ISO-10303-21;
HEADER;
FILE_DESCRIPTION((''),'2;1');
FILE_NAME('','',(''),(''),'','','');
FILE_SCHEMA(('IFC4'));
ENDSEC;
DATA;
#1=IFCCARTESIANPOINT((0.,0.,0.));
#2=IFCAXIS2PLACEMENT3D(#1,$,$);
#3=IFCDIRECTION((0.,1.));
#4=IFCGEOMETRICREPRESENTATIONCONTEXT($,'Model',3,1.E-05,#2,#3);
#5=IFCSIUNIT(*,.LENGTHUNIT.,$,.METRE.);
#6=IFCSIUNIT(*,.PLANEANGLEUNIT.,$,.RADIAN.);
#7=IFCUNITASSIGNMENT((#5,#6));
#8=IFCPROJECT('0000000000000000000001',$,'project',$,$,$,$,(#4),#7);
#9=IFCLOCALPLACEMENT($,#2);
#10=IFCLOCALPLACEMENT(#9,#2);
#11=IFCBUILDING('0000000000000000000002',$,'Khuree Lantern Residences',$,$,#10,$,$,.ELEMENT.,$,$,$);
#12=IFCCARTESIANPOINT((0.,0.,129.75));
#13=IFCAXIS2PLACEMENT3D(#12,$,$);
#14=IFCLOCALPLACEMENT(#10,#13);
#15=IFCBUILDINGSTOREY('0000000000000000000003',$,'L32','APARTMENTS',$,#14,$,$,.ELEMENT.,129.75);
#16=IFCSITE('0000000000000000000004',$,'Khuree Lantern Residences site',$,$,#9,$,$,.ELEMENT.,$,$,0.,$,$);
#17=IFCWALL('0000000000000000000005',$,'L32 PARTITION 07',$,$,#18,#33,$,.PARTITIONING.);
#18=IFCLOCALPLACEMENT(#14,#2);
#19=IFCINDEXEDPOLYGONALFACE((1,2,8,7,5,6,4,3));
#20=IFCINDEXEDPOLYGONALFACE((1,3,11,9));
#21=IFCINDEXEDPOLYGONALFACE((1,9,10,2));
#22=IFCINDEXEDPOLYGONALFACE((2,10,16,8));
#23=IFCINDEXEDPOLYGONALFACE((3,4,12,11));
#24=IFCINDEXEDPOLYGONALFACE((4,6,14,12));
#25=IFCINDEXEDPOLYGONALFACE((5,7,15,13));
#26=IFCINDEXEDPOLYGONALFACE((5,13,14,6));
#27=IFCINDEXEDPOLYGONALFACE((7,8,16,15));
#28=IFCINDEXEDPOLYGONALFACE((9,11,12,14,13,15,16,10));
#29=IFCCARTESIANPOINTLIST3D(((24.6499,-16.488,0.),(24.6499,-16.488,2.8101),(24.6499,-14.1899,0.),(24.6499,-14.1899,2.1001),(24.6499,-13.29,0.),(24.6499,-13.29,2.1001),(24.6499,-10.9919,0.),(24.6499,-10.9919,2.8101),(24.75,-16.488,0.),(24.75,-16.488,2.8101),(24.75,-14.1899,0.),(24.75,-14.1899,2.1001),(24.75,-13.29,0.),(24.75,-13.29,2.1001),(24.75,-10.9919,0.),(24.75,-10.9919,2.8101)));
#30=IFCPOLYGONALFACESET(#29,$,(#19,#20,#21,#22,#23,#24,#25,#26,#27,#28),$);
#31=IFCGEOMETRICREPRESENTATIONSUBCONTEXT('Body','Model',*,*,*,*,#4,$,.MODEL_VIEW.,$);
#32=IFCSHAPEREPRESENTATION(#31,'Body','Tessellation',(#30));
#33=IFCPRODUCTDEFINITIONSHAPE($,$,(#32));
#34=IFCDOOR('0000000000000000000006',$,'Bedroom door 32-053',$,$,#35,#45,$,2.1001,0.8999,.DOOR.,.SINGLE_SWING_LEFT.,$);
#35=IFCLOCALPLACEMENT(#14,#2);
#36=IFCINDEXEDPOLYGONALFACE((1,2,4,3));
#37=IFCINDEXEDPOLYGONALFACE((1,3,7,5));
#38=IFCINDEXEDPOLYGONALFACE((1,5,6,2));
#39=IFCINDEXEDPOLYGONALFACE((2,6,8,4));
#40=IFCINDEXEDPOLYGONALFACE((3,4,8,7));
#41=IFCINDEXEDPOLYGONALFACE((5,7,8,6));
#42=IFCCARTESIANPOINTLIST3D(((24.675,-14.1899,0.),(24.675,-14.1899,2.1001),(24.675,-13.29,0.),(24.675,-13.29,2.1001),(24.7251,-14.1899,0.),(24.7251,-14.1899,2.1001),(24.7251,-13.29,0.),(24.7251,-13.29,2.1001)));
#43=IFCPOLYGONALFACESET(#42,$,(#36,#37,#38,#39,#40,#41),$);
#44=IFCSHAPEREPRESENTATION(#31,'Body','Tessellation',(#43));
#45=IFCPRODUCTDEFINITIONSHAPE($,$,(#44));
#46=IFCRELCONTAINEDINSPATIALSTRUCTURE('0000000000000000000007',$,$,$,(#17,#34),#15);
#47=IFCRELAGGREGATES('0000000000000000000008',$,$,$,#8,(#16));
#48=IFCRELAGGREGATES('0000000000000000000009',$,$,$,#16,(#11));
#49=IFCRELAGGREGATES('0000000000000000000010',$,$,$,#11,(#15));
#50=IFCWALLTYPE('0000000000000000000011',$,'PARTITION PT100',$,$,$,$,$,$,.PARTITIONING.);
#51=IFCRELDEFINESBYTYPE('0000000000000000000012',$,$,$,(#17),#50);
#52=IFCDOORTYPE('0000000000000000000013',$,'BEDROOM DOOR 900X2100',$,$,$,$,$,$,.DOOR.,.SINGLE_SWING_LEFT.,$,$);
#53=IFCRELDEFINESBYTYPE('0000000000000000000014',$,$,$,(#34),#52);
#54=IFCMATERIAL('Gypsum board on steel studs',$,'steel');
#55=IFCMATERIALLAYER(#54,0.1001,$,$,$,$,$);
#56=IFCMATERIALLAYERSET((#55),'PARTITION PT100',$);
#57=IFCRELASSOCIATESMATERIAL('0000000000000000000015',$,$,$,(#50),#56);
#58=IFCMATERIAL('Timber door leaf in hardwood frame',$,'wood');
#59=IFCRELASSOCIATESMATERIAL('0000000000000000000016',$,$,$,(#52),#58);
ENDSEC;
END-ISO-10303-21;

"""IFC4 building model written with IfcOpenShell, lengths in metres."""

from ifc_helpers import new_model, si_unit, direction, frame, frame_2d, origin, place, context, subcontext, project, spatial, rectangle, extrude, material, layer, layer_set, type_object, element, fill, save


model = new_model("IFC4")

# Units and contexts
model_context = context("Model", 3, precision=1e-05, world=origin(), true_north=direction((0.0, 1.0)))
body_context = subcontext(model_context, "Body", "Model", "MODEL_VIEW")
ifc_project = project(units=[si_unit("LENGTHUNIT", "METRE"), si_unit("PLANEANGLEUNIT", "RADIAN")], contexts=[model_context])

# Site, building, storey
site_placement = place(None, origin())
site = spatial("IfcSite", under=ifc_project, at=site_placement, Name="Khuree Lantern Residences site", CompositionType="ELEMENT", RefElevation=0.0)
building_placement = place(site_placement, origin())
building = spatial("IfcBuilding", under=site, at=building_placement, Name="Khuree Lantern Residences", CompositionType="ELEMENT")
storey_placement = place(building_placement, frame((0.0, 0.0, 129.75)))
storey = spatial("IfcBuildingStorey", under=building, at=storey_placement, Name="L32", Description="APARTMENTS", CompositionType="ELEMENT", Elevation=129.75)

# Shared definitions
ifc_material_1 = material(Name="Timber door leaf in hardwood frame", Category="wood")

# Shared definitions
ifc_material_2 = material(Name="Gypsum board on steel studs", Category="steel")

# Shared definitions
ifc_layer_1 = layer(ifc_material_2, 0.1001)
ifc_layer_set_1 = layer_set([ifc_layer_1], Name="PARTITION PT100")
wall_type_1 = type_object("IfcWallType", Name="PARTITION PT100", PredefinedType="PARTITIONING", material=ifc_layer_set_1)

# Wall, opening, door
door_type_1 = type_object("IfcDoorType", Name="BEDROOM DOOR 900X2100", OperationType="SINGLE_SWING_LEFT", PredefinedType="DOOR", material=ifc_material_1)
wall_1_placement = place(storey_placement, frame((24.7, -16.488, 0.0), z_axis=(0.0, 0.0, 1.0), x_axis=(0.0, 1.0, 0.0)))
wall_1 = element("IfcWall", 1, at=wall_1_placement, inside=storey, type_object=wall_type_1, Name="L32 PARTITION 07", PredefinedType="PARTITIONING", context=body_context, shape_type="SweptSolid", body=[
    extrude(rectangle(XDim=5.4961, YDim=0.1001, at=frame_2d((2.748, 0.0))), origin(), (0.0, 0.0, 1.0), 2.8101),
])
opening_1_placement = place(wall_1_placement, frame((2.2981, 0.0, 0.0)))
opening_1 = element("IfcOpeningElement", 2, at=opening_1_placement, cuts=wall_1, PredefinedType="OPENING", context=body_context, shape_type="SweptSolid", body=[
    extrude(rectangle(XDim=0.8999, YDim=2.1001, at=frame_2d((0.45, 1.05))), frame((0.0, 0.0601, 0.0), z_axis=(0.0, -1.0, 0.0), x_axis=(1.0, 0.0, 0.0)), (0.0, 0.0, 1.0), 0.1201),
])
door_1_placement = place(opening_1_placement, origin())
door_1 = element("IfcDoor", 3, at=door_1_placement, inside=storey, type_object=door_type_1, Name="Bedroom door 32-053", OperationType="SINGLE_SWING_LEFT", OverallHeight=2.1001, OverallWidth=0.8999, PredefinedType="DOOR", context=body_context, shape_type="SweptSolid", body=[
    extrude(rectangle(XDim=0.8999, YDim=2.1001, at=frame_2d((0.45, 1.05))), frame((0.0, 0.0249, 0.0), z_axis=(0.0, -1.0, 0.0), x_axis=(1.0, 0.0, 0.0)), (0.0, 0.0, 1.0), 0.05),
])
fill(opening_1, door_1)

save(model, "model.ifc")
